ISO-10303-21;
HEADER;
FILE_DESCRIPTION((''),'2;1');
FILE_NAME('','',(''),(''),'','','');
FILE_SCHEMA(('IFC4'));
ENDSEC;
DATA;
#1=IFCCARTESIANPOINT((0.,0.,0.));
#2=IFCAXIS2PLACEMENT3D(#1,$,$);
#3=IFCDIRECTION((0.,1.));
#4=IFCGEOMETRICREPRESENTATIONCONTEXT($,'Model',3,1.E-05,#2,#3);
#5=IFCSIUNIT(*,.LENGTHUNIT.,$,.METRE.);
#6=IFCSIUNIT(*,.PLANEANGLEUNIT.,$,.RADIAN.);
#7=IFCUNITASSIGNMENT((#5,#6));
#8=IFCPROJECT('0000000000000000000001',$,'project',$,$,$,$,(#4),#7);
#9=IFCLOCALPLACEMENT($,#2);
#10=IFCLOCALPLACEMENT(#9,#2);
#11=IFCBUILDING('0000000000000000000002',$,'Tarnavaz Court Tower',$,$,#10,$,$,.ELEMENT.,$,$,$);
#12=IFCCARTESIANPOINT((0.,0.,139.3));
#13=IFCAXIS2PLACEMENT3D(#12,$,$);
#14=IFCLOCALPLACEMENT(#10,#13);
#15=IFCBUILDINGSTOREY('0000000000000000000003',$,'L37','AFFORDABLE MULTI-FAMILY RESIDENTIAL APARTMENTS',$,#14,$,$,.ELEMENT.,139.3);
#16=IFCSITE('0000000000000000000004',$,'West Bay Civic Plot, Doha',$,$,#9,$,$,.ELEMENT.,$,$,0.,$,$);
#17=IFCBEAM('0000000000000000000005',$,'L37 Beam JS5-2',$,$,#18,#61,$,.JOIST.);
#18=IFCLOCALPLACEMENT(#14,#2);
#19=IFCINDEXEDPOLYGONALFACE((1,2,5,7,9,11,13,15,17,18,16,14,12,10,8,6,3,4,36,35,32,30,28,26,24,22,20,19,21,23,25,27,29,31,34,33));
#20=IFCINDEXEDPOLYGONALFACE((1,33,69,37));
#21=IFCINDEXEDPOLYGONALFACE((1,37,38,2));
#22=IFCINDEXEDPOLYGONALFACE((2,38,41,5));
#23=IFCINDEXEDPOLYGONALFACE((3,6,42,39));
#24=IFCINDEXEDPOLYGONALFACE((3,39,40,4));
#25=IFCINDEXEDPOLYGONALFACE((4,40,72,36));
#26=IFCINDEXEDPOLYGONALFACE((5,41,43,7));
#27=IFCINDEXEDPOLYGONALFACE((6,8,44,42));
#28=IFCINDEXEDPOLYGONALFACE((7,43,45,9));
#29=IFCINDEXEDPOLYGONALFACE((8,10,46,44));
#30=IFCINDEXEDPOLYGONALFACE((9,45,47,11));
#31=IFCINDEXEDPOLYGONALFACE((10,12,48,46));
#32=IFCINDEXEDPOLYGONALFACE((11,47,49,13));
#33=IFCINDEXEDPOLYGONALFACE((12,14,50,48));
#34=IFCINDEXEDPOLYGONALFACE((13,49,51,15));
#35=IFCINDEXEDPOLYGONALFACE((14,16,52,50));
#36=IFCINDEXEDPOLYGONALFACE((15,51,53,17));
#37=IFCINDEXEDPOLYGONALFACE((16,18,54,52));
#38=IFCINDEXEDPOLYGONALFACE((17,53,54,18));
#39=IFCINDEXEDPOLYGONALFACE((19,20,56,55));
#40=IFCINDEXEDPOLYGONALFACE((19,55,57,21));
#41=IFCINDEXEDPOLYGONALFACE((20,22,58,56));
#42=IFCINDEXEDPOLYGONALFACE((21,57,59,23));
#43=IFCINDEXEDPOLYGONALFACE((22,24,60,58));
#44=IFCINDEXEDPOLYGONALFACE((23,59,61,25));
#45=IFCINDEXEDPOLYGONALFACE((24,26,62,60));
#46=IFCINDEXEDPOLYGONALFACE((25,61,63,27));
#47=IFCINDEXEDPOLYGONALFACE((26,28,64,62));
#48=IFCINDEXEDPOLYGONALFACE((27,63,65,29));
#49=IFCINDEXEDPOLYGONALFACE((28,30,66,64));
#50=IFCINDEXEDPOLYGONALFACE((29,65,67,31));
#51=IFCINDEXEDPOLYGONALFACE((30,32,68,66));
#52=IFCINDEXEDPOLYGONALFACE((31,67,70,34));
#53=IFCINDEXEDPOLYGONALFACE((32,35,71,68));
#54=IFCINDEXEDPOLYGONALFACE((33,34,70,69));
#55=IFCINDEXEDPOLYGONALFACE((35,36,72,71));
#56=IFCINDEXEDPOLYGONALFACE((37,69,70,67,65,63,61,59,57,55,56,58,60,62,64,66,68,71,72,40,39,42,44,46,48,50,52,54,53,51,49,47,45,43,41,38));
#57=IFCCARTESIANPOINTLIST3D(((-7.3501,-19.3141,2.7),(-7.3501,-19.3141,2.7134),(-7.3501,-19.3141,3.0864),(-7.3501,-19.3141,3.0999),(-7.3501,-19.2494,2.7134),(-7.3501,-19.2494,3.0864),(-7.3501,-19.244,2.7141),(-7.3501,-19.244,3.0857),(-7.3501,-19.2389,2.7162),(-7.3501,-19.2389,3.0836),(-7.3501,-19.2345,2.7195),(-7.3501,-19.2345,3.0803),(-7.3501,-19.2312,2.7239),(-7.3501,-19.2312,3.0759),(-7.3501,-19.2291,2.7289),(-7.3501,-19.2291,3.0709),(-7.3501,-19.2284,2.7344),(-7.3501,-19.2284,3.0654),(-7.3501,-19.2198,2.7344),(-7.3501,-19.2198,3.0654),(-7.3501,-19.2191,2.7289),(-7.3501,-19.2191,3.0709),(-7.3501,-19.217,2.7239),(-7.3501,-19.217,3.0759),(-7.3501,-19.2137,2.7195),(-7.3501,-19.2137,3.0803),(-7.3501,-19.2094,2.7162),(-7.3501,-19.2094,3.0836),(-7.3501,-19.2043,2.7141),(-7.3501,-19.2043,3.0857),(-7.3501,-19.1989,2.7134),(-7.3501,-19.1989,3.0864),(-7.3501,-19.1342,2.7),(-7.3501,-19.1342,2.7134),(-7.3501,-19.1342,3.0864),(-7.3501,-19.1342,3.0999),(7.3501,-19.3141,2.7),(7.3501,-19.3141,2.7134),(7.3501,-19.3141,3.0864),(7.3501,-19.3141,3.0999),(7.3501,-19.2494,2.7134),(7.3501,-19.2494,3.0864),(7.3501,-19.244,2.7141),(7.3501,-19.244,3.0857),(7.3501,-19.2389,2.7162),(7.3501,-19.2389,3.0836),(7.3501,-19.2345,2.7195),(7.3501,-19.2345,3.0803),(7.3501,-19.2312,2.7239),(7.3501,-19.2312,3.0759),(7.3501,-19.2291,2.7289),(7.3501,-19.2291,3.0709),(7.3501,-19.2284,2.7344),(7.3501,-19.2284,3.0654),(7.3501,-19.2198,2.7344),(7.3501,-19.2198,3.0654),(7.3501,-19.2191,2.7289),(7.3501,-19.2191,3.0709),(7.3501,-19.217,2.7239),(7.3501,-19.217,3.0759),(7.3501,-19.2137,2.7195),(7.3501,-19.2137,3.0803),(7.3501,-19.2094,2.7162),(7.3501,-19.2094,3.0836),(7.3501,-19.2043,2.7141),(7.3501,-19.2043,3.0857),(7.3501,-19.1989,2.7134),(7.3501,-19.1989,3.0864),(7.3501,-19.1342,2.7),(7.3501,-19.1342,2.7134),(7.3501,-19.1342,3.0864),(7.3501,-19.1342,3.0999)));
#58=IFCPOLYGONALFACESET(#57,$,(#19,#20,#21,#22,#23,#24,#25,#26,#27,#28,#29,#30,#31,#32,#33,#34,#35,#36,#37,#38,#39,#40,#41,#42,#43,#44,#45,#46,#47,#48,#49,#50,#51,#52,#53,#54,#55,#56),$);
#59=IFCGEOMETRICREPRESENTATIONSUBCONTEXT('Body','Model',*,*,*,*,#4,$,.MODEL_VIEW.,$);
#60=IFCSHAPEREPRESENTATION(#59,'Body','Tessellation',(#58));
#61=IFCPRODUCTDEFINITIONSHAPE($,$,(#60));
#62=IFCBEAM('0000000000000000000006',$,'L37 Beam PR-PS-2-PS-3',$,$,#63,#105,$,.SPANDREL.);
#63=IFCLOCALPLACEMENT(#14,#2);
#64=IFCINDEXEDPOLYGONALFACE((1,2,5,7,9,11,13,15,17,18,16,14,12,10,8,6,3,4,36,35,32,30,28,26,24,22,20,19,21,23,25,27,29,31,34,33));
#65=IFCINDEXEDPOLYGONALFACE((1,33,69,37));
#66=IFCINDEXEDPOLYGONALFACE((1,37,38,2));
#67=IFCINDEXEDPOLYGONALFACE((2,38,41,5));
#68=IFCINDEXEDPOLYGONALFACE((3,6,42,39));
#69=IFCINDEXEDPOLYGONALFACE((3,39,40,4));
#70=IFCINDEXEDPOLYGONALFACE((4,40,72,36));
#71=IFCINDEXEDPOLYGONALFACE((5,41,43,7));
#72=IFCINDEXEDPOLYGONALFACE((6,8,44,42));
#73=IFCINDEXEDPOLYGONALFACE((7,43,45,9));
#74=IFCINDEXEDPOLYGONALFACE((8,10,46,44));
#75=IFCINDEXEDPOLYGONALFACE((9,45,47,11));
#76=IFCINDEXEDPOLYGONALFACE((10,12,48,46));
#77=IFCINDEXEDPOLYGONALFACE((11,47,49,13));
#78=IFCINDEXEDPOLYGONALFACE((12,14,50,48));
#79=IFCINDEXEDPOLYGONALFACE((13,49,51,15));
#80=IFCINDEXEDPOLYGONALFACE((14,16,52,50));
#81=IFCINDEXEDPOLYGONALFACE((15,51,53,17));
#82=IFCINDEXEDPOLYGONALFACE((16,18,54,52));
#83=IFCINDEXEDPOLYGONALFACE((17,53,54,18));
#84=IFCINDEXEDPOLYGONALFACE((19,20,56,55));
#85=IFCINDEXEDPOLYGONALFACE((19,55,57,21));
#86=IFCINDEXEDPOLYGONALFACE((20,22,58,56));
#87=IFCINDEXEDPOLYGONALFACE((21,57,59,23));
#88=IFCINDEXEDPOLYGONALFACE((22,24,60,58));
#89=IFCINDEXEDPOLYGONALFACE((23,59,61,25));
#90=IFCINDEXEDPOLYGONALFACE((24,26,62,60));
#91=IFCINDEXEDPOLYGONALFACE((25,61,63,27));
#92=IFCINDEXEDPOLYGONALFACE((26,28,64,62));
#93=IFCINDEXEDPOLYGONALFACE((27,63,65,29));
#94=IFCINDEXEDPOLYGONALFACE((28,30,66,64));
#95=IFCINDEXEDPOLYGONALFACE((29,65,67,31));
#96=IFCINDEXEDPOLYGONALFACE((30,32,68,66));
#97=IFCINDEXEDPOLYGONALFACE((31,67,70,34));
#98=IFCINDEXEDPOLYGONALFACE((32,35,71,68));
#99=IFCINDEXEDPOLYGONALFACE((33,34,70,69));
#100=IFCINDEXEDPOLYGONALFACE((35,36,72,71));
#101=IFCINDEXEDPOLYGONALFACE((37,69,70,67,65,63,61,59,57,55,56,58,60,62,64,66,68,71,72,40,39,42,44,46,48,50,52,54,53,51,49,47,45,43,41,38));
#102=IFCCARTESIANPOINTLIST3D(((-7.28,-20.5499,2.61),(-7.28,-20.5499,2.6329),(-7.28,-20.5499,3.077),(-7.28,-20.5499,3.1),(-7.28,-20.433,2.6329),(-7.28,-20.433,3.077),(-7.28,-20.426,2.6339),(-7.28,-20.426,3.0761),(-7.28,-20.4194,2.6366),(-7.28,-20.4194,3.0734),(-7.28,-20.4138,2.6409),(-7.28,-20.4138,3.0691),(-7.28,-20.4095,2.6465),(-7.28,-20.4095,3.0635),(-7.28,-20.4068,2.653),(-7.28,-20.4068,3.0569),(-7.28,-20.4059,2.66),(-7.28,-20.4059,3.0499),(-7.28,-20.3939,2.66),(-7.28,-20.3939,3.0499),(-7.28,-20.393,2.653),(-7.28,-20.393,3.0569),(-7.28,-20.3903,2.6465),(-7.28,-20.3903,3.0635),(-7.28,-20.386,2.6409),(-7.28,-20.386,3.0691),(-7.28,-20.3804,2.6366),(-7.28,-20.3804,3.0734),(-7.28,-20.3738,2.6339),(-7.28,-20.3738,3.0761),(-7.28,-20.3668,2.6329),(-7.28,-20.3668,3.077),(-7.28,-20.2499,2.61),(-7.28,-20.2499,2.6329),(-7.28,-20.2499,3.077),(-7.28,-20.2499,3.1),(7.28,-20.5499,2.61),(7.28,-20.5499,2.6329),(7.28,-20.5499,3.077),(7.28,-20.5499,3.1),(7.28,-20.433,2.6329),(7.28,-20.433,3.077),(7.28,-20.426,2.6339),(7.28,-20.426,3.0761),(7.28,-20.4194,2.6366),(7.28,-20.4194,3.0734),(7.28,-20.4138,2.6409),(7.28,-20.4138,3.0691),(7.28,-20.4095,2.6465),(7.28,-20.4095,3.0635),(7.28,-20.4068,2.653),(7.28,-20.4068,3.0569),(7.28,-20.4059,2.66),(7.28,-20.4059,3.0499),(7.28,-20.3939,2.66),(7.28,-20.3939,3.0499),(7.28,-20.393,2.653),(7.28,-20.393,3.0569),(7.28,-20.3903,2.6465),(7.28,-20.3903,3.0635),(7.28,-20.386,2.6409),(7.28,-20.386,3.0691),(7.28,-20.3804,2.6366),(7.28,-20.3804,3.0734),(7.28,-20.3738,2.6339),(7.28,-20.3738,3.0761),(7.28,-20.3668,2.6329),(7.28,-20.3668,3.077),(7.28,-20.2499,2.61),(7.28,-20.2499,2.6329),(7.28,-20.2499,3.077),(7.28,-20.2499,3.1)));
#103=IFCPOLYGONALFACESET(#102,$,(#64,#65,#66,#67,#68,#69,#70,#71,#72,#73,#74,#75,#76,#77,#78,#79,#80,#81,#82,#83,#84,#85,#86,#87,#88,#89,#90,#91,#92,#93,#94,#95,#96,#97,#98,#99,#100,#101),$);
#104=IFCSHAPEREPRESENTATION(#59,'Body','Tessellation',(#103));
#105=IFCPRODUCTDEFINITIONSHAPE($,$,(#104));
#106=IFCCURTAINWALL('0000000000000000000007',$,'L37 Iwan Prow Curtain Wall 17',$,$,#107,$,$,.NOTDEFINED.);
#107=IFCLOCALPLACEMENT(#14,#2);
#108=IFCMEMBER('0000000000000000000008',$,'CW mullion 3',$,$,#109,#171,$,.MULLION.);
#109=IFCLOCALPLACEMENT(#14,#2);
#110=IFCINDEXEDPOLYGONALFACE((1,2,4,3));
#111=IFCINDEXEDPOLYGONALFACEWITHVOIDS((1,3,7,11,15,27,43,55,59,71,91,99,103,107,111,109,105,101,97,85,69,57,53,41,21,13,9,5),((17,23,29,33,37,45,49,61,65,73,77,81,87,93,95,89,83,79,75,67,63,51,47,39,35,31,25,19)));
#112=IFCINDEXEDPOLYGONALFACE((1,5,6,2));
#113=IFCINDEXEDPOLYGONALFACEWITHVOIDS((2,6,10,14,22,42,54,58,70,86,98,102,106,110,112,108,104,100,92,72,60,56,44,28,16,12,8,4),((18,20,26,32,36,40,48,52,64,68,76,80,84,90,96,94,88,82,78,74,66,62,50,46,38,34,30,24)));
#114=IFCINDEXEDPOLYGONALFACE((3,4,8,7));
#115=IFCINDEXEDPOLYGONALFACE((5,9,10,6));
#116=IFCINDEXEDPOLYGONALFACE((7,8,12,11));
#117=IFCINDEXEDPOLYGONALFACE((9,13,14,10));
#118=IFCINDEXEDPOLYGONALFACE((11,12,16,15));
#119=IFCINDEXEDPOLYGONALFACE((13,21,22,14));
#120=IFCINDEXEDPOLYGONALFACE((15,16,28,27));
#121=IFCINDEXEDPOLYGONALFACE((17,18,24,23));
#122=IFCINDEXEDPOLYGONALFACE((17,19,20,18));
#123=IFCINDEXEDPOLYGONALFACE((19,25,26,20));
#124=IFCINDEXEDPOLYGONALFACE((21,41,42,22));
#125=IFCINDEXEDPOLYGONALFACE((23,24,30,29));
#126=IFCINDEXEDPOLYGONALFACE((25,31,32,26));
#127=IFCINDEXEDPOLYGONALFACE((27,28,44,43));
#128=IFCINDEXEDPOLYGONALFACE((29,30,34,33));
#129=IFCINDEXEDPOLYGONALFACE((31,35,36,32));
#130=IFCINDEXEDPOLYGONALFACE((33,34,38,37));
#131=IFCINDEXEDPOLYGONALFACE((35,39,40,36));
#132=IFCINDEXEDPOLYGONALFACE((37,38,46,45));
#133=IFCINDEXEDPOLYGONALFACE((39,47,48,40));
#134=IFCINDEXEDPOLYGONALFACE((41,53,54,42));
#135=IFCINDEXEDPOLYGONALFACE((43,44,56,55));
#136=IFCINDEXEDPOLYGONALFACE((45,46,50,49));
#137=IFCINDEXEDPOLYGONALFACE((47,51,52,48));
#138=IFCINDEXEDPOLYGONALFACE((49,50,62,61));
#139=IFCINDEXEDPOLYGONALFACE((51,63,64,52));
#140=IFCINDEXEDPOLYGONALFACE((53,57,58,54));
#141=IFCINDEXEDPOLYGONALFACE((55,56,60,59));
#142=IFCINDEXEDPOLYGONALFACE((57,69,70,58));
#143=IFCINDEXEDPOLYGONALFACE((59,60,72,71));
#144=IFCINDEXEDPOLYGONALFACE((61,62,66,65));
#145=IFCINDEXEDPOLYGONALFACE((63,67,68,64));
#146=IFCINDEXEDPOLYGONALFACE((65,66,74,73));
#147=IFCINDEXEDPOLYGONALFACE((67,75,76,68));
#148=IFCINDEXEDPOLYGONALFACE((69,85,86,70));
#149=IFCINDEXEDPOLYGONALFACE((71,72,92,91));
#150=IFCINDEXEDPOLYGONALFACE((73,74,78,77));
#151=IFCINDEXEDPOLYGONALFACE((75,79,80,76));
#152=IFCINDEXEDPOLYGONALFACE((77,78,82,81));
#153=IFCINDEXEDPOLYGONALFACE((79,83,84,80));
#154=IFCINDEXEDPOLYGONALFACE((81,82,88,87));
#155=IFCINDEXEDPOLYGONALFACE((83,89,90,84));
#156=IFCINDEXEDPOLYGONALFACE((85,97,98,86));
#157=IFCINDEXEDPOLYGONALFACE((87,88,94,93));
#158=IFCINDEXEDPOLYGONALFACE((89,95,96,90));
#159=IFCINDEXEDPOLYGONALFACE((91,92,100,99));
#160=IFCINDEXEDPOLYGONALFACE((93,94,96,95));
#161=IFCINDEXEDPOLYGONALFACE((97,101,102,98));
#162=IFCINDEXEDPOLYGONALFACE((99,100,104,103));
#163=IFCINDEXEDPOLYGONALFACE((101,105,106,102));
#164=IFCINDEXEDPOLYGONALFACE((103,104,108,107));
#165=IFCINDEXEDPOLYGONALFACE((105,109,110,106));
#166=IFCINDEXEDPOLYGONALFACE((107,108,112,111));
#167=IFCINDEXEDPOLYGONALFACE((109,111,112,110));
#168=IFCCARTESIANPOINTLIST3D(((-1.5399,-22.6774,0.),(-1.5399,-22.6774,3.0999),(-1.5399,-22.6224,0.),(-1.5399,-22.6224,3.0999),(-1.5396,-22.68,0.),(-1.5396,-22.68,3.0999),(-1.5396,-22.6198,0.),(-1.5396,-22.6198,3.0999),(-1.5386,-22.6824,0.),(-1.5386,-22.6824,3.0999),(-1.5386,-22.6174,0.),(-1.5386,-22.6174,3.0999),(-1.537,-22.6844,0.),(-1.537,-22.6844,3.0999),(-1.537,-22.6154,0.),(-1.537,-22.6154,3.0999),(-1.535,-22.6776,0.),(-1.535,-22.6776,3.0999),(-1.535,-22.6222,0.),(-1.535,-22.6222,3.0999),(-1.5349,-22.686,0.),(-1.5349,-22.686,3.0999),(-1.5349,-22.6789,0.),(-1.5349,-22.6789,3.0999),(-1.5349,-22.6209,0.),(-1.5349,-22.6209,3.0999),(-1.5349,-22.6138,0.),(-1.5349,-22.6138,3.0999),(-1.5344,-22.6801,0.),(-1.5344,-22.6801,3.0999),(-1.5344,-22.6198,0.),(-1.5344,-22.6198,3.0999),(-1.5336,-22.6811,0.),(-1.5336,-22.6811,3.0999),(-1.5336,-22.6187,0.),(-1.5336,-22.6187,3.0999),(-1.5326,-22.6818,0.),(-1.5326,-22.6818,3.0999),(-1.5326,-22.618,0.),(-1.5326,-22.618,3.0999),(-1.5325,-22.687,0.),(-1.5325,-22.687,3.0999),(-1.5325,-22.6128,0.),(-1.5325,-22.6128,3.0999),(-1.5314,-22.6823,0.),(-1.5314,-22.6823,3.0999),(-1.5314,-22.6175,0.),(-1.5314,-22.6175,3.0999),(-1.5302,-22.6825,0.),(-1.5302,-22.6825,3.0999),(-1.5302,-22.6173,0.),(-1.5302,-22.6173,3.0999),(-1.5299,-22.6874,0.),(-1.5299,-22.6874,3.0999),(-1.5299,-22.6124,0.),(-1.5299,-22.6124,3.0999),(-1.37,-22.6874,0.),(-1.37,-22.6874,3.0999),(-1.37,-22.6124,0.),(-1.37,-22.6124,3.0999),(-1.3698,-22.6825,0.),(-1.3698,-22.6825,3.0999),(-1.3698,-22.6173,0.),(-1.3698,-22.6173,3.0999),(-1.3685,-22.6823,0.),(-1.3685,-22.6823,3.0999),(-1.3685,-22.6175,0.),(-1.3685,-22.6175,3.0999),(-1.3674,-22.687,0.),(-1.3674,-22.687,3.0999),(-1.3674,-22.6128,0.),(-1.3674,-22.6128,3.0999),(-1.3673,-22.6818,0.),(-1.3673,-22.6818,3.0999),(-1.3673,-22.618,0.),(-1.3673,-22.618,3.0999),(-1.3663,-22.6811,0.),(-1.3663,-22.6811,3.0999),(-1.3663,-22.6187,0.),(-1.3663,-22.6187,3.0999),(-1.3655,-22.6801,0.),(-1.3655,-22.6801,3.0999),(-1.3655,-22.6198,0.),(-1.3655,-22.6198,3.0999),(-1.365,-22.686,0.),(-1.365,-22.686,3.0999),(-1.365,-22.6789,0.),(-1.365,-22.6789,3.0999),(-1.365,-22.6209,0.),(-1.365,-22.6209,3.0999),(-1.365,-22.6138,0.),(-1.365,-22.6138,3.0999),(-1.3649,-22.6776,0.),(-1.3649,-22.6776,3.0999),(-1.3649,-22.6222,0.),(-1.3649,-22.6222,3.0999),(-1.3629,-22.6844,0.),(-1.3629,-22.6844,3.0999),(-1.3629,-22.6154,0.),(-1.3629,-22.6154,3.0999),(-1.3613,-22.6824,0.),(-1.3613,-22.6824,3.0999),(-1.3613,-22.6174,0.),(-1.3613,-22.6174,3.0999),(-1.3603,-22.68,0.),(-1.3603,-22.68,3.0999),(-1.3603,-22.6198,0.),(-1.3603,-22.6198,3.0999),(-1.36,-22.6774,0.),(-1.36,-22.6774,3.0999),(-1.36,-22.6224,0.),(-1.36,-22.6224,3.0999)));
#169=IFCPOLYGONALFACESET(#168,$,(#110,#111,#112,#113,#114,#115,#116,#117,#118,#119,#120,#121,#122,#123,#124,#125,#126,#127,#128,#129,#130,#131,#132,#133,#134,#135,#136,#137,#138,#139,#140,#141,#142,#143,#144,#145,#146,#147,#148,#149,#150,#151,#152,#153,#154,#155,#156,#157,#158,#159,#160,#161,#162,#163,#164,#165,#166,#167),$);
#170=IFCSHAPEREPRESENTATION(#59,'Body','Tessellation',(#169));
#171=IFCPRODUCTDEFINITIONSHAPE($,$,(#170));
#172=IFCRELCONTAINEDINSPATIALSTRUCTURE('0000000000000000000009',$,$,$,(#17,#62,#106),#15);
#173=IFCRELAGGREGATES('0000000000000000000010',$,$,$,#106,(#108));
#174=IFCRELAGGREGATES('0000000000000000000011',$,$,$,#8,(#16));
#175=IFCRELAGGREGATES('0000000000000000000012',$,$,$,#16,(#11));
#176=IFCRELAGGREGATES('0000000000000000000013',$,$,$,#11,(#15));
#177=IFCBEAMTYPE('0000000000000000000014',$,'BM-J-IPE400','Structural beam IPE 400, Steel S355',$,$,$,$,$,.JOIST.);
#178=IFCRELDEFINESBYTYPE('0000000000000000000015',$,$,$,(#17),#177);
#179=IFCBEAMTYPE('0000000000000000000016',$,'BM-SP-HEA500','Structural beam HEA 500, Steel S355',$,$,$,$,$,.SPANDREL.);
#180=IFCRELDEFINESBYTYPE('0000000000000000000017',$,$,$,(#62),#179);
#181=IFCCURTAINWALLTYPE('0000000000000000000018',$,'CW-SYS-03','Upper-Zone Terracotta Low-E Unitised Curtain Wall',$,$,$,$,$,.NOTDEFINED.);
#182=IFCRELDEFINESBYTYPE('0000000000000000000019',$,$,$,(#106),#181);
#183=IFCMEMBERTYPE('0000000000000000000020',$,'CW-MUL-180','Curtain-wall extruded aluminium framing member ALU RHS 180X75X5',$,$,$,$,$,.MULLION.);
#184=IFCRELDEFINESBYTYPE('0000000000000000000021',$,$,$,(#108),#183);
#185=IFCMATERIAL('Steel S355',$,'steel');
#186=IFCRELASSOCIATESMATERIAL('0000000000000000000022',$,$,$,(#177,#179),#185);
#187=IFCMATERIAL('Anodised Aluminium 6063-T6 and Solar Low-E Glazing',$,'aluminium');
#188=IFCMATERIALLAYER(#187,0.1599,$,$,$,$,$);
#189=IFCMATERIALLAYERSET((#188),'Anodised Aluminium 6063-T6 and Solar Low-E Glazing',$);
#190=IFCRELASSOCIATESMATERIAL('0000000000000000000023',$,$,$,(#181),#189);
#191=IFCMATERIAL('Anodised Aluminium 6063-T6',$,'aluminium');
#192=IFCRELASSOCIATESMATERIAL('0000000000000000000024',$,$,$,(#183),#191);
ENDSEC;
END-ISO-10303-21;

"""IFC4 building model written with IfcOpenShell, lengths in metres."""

from ifc_helpers import new_model, si_unit, direction, frame, origin, origin_2d, place, context, subcontext, project, spatial, hollow_rectangle, i_section, extrude, material, layer, layer_set, material_profile, profile_set, type_object, element, aggregate, save


model = new_model("IFC4")

# Units and contexts
model_context = context("Model", 3, precision=1e-05, world=origin(), true_north=direction((0.0, 1.0)))
body_context = subcontext(model_context, "Body", "Model", "MODEL_VIEW")
ifc_project = project(units=[si_unit("LENGTHUNIT", "METRE"), si_unit("PLANEANGLEUNIT", "RADIAN")], contexts=[model_context])

# Site, building, storey
site_placement = place(None, origin())
site = spatial("IfcSite", under=ifc_project, at=site_placement, Name="West Bay Civic Plot, Doha", CompositionType="ELEMENT", RefElevation=0.0)
building_placement = place(site_placement, origin())
building = spatial("IfcBuilding", under=site, at=building_placement, Name="Tarnavaz Court Tower", CompositionType="ELEMENT")
storey_placement = place(building_placement, frame((0.0, 0.0, 139.3)))
storey = spatial("IfcBuildingStorey", under=building, at=storey_placement, Name="L37", Description="AFFORDABLE MULTI-FAMILY RESIDENTIAL APARTMENTS", CompositionType="ELEMENT", Elevation=139.3)

# Beams
ifc_material_1 = material(Name="Steel S355", Category="steel")
ifc_material_profile_1 = material_profile(ifc_material_1, i_section(OverallWidth=0.1799, OverallDepth=0.3999, WebThickness=0.0085, FlangeThickness=0.0134, FilletRadius=0.021, at=origin_2d()), Name="IPE 400")
ifc_profile_set_1 = profile_set([ifc_material_profile_1], Name="Steel S355")
beam_type_1 = type_object("IfcBeamType", Name="BM-J-IPE400", Description="Structural beam IPE 400, Steel S355", PredefinedType="JOIST", material=ifc_profile_set_1)
for number, where, z_axis, x_axis, name in (
    (1, (-7.3501, -19.2241, 2.8999), (1.0, 0.0, 0.0), (0.0, 1.0, 0.0), "L37 Beam JS5-2"),
):
    element("IfcBeam", number, at=place(storey_placement, frame(where, z_axis=z_axis, x_axis=x_axis)), inside=storey, type_object=beam_type_1, Name=name, PredefinedType="JOIST", context=body_context, shape_type="SweptSolid", body=[
        extrude(i_section(OverallWidth=0.1799, OverallDepth=0.3999, WebThickness=0.0085, FlangeThickness=0.0134, FilletRadius=0.021, at=origin_2d()), origin(), (0.0, 0.0, 1.0), 14.7002),
    ])
ifc_material_profile_2 = material_profile(ifc_material_1, i_section(OverallWidth=0.3, OverallDepth=0.49, WebThickness=0.012, FlangeThickness=0.0229, FilletRadius=0.0271, at=origin_2d()), Name="HEA 500")
ifc_profile_set_2 = profile_set([ifc_material_profile_2], Name="Steel S355")
beam_type_2 = type_object("IfcBeamType", Name="BM-SP-HEA500", Description="Structural beam HEA 500, Steel S355", PredefinedType="SPANDREL", material=ifc_profile_set_2)
beam_placement = place(storey_placement, frame((-7.28, -20.3999, 2.855), z_axis=(1.0, 0.0, 0.0), x_axis=(0.0, 1.0, 0.0)))
element("IfcBeam", 2, at=beam_placement, inside=storey, type_object=beam_type_2, Name="L37 Beam PR-PS-2-PS-3", PredefinedType="SPANDREL", context=body_context, shape_type="SweptSolid", body=[
    extrude(i_section(OverallWidth=0.3, OverallDepth=0.49, WebThickness=0.012, FlangeThickness=0.0229, FilletRadius=0.0271, at=origin_2d()), origin(), (0.0, 0.0, 1.0), 14.5601),
])

# Curtain wall, member
ifc_material_2 = material(Name="Anodised Aluminium 6063-T6 and Solar Low-E Glazing", Category="aluminium")
ifc_layer_1 = layer(ifc_material_2, 0.1599)
ifc_layer_set_1 = layer_set([ifc_layer_1], Name="Anodised Aluminium 6063-T6 and Solar Low-E Glazing")
curtain_wall_type = type_object("IfcCurtainWallType", Name="CW-SYS-03", Description="Upper-Zone Terracotta Low-E Unitised Curtain Wall", PredefinedType="NOTDEFINED", material=ifc_layer_set_1)
curtain_wall_placement = place(storey_placement, origin())
curtain_wall = element("IfcCurtainWall", 3, at=curtain_wall_placement, inside=storey, type_object=curtain_wall_type, Name="L37 Iwan Prow Curtain Wall 17", PredefinedType="NOTDEFINED")
ifc_material_3 = material(Name="Anodised Aluminium 6063-T6", Category="aluminium")
ifc_material_profile_3 = material_profile(ifc_material_3, hollow_rectangle(XDim=0.075, YDim=0.1799, WallThickness=0.0049, InnerFilletRadius=0.0049, OuterFilletRadius=0.01, at=origin_2d()), Name="ALU RHS 180X75X5")
ifc_profile_set_3 = profile_set([ifc_material_profile_3], Name="Anodised Aluminium 6063-T6")
member_type_1 = type_object("IfcMemberType", Name="CW-MUL-180", Description="Curtain-wall extruded aluminium framing member ALU RHS 180X75X5", PredefinedType="MULLION", material=ifc_profile_set_3)
member_1_placement = place(storey_placement, frame((-1.45, -22.6499, 0.0), z_axis=(0.0, 0.0, 1.0), x_axis=(0.0, -1.0, 0.0)))
member_1 = element("IfcMember", 4, at=member_1_placement, type_object=member_type_1, Name="CW mullion 3", PredefinedType="MULLION", context=body_context, shape_type="SweptSolid", body=[
    extrude(hollow_rectangle(XDim=0.075, YDim=0.1799, WallThickness=0.0049, InnerFilletRadius=0.0049, OuterFilletRadius=0.01, at=origin_2d()), origin(), (0.0, 0.0, 1.0), 3.0999),
])
aggregate(curtain_wall, [member_1])

save(model, "model.ifc")
